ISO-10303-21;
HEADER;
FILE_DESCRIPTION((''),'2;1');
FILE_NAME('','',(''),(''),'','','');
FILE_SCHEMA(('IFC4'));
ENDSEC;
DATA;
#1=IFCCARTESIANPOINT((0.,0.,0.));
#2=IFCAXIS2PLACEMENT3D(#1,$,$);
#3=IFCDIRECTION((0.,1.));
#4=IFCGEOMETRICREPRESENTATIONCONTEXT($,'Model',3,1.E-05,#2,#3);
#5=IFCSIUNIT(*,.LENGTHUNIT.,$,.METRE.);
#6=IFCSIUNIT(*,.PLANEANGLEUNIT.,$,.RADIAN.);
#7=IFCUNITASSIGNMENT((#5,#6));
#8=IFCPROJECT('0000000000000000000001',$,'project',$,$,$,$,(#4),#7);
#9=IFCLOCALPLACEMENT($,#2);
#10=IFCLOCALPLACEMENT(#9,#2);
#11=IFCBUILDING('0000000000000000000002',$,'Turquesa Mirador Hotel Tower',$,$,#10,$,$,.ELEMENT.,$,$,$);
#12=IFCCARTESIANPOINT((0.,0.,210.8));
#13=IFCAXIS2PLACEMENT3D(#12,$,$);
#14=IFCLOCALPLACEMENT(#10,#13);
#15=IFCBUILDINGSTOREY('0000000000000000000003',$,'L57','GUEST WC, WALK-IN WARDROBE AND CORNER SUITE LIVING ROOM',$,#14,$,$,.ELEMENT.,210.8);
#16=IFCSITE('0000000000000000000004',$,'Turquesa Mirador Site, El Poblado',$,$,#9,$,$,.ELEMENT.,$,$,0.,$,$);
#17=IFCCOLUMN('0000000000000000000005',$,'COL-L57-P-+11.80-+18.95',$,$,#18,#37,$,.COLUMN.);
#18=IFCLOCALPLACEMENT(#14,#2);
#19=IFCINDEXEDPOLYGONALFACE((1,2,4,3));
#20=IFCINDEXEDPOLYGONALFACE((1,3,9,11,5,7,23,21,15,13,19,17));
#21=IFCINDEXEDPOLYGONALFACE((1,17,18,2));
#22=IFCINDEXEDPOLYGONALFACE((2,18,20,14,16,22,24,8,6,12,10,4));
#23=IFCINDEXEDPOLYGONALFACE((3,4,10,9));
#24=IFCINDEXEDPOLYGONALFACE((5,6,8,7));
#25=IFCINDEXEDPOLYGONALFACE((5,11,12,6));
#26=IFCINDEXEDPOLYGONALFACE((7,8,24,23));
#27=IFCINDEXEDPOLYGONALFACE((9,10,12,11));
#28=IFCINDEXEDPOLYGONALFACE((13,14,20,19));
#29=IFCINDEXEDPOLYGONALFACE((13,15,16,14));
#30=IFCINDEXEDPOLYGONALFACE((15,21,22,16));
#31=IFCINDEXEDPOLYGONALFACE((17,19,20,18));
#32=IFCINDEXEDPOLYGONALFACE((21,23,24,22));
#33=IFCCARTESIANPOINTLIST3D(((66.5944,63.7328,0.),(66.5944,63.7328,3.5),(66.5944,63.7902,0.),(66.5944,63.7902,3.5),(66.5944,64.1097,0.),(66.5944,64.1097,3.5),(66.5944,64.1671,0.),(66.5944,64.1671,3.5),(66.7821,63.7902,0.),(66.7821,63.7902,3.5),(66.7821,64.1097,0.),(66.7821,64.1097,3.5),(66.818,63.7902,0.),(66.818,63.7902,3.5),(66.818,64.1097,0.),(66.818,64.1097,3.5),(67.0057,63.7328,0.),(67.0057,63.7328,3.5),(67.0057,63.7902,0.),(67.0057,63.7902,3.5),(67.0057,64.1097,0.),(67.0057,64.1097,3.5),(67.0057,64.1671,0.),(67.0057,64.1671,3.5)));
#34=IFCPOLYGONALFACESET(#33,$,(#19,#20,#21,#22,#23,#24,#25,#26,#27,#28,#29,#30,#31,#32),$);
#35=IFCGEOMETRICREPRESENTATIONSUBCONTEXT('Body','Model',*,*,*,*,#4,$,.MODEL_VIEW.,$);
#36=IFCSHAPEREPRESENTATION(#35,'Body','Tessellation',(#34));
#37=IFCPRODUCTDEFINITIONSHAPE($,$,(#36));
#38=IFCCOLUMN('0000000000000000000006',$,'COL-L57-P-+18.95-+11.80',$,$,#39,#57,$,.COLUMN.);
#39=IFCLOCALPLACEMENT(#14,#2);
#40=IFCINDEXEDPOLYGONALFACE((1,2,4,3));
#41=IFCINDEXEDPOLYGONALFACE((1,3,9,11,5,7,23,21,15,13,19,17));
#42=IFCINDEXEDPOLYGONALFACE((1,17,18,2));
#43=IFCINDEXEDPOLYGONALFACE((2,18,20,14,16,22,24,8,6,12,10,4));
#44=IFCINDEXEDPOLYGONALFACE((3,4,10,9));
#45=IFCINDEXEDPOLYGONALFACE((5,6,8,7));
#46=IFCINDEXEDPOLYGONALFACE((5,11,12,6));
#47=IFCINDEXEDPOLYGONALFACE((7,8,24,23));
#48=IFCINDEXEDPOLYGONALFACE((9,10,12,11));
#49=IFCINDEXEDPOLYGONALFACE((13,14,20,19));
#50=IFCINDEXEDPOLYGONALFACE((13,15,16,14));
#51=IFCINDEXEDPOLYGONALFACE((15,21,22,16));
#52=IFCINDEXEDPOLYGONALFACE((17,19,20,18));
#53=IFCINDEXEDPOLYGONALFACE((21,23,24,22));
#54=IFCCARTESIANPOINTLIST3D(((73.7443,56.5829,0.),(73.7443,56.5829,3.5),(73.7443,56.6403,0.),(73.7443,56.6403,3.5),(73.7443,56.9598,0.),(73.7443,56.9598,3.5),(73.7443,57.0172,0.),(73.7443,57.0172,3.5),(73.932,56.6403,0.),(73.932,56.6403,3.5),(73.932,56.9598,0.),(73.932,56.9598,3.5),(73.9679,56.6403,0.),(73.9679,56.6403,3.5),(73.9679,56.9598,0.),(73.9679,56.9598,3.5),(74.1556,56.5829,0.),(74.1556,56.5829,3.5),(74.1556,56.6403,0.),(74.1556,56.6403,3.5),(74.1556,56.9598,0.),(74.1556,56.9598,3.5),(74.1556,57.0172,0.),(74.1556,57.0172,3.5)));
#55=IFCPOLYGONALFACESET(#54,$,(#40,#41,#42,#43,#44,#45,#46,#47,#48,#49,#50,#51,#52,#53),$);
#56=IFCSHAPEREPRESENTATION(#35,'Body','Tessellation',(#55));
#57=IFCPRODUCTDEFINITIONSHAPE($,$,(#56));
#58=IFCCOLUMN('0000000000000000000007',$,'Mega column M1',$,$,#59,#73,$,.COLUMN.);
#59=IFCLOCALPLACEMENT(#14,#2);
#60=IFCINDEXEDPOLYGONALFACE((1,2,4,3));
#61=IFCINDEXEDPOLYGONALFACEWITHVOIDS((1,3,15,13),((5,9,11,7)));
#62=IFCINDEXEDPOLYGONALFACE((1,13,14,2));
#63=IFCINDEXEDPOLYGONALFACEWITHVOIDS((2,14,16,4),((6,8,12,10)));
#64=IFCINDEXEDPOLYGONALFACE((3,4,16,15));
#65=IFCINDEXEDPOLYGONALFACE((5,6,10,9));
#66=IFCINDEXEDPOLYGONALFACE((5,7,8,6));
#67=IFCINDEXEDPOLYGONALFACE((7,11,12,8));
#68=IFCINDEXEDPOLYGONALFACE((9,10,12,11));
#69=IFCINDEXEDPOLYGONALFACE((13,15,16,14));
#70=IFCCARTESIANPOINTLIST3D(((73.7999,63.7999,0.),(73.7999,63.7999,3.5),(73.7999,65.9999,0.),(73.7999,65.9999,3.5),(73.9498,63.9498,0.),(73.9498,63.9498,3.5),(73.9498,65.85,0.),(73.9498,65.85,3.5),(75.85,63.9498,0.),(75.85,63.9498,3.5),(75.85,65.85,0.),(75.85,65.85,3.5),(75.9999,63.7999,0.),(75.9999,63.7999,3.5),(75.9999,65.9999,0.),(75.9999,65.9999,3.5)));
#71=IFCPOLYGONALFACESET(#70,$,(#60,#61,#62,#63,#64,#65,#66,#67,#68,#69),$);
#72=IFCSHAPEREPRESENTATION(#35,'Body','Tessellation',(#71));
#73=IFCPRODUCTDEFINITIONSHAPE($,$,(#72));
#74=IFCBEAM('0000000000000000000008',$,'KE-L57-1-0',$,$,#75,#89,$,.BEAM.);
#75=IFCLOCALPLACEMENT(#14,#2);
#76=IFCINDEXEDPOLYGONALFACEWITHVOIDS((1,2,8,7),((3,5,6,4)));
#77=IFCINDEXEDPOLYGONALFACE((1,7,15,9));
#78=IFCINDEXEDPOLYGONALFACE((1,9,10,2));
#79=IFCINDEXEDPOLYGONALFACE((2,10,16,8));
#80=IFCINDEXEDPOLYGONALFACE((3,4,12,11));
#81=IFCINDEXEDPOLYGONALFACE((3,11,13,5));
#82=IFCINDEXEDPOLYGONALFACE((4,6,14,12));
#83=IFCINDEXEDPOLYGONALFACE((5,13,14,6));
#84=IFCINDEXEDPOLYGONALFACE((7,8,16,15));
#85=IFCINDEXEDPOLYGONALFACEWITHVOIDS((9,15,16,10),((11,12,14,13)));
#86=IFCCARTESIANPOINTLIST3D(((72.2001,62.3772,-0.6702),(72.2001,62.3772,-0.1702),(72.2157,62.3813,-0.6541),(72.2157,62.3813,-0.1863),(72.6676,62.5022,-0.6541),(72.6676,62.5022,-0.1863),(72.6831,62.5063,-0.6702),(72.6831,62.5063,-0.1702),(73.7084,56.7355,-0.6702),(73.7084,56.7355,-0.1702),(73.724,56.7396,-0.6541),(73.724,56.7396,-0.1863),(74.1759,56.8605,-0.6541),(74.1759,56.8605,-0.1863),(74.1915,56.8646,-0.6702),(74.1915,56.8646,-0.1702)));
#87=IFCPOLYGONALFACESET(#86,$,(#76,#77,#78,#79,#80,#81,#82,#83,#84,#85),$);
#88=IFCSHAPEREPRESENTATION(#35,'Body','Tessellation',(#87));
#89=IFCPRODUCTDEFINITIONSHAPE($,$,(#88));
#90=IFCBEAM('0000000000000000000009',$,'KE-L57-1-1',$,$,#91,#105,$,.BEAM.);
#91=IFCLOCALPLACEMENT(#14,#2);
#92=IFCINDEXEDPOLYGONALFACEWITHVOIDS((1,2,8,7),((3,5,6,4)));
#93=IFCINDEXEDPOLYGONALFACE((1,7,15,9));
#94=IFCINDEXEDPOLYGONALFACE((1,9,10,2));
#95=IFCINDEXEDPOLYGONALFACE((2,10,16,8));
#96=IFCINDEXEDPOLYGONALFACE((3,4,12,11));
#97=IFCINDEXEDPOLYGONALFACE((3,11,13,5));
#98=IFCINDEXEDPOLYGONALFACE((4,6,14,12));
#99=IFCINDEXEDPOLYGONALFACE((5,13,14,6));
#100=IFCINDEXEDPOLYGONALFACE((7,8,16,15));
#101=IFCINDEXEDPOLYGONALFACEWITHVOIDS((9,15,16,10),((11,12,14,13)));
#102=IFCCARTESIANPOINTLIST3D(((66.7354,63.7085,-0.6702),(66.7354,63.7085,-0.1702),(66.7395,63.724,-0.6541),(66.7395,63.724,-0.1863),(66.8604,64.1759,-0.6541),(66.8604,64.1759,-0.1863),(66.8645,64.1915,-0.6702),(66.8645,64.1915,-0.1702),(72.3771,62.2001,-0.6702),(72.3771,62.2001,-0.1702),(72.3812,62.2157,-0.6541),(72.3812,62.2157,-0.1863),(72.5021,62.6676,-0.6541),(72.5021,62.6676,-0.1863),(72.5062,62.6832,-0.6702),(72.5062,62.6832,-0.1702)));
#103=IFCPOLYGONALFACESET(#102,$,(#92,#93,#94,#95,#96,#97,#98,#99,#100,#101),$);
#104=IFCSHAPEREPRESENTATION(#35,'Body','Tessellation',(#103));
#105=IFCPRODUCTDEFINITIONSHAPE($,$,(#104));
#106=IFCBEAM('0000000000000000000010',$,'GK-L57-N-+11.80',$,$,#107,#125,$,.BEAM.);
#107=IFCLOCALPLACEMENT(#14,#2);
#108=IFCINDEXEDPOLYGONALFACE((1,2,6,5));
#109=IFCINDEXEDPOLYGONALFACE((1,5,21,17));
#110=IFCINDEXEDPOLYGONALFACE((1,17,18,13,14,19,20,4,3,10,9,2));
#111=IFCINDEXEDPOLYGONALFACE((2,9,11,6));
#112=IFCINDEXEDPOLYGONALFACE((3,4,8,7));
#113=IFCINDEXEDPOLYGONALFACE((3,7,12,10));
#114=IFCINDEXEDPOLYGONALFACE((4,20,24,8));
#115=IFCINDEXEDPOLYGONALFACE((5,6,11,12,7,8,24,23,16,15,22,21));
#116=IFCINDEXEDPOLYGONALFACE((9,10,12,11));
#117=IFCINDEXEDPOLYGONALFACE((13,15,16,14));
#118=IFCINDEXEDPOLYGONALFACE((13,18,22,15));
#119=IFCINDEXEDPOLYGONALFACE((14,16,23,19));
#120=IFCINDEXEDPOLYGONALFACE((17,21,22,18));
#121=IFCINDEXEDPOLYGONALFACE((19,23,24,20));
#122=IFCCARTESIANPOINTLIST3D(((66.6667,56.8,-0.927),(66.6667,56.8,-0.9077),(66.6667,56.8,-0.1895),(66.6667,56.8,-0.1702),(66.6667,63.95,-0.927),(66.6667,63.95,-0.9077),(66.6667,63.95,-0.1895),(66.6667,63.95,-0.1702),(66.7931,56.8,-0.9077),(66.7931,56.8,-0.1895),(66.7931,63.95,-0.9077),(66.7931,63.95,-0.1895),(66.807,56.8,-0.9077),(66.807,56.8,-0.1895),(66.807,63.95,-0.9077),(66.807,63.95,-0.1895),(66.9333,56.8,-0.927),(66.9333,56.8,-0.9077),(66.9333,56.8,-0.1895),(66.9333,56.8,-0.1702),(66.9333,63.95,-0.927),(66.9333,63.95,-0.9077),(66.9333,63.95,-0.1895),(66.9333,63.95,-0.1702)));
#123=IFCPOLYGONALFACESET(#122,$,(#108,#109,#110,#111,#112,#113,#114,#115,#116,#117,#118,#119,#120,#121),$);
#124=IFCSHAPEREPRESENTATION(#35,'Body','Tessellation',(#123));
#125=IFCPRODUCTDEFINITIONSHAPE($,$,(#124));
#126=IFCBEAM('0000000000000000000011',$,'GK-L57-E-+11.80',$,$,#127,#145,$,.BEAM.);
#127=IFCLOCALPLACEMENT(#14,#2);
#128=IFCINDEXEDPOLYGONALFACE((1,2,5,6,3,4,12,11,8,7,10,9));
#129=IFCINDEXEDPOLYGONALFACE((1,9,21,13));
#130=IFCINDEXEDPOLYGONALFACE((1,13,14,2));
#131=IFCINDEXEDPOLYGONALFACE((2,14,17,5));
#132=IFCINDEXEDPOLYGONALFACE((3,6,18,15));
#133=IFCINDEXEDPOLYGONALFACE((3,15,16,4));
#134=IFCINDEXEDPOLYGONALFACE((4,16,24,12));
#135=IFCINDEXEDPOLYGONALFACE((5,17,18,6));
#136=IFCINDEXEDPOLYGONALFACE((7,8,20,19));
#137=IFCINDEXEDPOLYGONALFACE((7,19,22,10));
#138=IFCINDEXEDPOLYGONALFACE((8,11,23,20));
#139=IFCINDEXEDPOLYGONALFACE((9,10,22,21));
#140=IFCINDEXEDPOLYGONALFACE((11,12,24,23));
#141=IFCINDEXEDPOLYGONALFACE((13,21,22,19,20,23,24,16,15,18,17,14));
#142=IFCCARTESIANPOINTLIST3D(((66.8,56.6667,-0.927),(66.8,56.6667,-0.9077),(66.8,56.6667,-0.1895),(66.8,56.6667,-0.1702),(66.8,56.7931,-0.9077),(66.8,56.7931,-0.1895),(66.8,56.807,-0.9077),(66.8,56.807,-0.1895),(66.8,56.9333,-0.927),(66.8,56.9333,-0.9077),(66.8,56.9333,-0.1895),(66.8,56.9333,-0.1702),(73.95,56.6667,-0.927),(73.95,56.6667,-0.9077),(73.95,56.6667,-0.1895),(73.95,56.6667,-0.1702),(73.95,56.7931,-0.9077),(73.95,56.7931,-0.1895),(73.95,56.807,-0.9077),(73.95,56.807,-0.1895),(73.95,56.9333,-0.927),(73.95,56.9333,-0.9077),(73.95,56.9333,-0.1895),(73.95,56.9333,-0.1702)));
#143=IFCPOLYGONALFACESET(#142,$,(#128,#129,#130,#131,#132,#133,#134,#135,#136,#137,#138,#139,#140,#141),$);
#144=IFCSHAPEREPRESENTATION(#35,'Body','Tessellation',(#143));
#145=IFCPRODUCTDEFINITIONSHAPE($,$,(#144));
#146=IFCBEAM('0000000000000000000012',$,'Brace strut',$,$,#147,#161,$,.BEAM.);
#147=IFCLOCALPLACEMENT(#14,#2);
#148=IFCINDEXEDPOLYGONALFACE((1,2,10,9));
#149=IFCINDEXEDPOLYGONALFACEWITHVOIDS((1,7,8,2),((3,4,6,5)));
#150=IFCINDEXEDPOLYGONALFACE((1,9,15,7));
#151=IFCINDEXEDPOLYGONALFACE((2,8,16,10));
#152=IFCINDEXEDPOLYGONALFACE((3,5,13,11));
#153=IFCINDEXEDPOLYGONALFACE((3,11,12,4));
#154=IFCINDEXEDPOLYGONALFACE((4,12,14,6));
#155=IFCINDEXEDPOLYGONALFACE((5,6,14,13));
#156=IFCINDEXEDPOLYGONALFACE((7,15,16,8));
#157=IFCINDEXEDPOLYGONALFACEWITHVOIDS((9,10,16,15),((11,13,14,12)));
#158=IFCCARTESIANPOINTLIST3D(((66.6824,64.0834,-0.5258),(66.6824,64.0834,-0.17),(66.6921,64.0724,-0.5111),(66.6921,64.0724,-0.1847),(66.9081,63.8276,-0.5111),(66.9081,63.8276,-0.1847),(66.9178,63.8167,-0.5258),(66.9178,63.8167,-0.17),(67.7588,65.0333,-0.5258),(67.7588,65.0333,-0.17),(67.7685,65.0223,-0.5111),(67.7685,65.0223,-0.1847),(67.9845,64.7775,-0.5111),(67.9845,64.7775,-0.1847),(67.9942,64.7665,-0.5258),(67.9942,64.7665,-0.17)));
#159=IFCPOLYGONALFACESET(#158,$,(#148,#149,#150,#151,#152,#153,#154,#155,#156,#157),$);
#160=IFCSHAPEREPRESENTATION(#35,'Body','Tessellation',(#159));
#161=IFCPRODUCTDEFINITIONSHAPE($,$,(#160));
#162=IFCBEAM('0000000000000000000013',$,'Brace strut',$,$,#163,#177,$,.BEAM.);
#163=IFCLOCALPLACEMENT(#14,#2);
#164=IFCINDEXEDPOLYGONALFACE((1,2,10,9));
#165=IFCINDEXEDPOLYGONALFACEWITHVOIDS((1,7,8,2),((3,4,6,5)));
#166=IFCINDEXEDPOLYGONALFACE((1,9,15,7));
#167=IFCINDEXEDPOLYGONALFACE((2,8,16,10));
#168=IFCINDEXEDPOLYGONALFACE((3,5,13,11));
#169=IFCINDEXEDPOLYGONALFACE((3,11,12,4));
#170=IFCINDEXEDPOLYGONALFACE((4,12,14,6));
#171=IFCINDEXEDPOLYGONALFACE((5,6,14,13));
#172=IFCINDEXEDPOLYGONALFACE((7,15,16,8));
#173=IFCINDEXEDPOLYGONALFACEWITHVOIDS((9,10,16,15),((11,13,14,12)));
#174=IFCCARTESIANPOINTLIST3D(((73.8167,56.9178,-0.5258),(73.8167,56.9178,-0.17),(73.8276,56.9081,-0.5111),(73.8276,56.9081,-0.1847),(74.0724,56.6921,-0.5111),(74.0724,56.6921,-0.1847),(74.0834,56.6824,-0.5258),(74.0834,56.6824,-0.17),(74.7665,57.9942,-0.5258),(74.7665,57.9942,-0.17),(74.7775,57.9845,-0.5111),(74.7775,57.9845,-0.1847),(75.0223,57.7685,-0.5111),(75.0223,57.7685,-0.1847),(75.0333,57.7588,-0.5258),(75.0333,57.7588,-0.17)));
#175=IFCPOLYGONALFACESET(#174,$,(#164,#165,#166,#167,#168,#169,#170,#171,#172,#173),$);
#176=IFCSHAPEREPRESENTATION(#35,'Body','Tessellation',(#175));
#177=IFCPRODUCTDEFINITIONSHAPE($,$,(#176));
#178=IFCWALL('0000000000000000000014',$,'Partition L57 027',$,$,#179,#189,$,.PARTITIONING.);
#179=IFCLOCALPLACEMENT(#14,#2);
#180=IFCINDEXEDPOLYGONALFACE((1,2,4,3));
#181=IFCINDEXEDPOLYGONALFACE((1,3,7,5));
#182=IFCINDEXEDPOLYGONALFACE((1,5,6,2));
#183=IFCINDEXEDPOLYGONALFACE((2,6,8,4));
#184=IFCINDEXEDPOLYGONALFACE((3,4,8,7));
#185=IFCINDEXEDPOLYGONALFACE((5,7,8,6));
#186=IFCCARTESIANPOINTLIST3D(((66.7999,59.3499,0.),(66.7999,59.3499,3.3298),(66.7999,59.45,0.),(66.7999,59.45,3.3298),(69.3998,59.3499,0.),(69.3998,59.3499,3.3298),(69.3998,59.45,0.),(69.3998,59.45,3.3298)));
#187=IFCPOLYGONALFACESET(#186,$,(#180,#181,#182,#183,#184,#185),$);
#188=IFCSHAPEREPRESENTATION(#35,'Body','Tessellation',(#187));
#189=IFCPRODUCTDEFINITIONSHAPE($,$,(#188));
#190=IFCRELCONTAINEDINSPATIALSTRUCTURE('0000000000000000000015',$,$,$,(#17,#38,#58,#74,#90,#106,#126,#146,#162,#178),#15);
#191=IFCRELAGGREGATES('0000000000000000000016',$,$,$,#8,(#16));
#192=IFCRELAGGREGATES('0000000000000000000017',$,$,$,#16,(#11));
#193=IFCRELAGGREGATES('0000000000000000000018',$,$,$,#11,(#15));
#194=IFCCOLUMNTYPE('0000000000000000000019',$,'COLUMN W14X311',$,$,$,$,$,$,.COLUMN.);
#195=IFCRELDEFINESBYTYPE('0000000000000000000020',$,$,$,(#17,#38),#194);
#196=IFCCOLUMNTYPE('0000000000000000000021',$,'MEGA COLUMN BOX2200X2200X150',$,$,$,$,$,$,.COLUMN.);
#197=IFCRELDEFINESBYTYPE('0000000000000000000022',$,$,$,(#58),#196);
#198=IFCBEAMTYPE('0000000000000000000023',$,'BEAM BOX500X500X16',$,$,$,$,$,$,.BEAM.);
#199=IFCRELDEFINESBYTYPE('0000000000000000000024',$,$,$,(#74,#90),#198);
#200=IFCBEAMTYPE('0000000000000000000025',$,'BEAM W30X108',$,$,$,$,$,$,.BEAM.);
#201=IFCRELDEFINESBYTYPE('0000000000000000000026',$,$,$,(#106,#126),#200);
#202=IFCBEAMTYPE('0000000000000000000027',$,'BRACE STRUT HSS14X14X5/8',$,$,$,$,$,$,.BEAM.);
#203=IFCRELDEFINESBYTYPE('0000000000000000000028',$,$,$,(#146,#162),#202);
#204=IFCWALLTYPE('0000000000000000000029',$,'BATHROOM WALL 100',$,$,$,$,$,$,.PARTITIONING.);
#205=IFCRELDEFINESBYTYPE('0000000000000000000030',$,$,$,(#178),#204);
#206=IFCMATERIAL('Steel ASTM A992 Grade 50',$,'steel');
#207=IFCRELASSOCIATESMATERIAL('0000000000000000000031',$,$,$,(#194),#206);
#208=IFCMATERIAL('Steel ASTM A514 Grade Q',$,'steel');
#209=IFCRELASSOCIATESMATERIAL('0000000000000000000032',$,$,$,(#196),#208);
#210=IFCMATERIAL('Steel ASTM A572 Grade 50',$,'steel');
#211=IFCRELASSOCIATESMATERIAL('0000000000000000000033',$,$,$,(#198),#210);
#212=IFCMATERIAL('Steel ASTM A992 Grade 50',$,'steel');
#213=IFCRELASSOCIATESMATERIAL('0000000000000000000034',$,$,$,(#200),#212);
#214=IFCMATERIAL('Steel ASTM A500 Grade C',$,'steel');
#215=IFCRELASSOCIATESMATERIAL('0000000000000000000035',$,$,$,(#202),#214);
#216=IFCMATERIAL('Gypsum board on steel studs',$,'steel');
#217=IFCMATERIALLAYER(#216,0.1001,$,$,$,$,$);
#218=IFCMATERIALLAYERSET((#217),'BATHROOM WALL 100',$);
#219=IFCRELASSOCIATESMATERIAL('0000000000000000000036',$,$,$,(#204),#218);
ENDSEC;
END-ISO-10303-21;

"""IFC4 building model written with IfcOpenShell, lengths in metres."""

from ifc_helpers import new_model, si_unit, direction, frame, frame_2d, origin, origin_2d, place, context, subcontext, project, spatial, rectangle, hollow_rectangle, i_section, extrude, material, layer, layer_set, material_profile, profile_set, type_object, element, save


model = new_model("IFC4")

# Units and contexts
model_context = context("Model", 3, precision=1e-05, world=origin(), true_north=direction((0.0, 1.0)))
body_context = subcontext(model_context, "Body", "Model", "MODEL_VIEW")
ifc_project = project(units=[si_unit("LENGTHUNIT", "METRE"), si_unit("PLANEANGLEUNIT", "RADIAN")], contexts=[model_context])

# Site, building, storey
site_placement = place(None, origin())
site = spatial("IfcSite", under=ifc_project, at=site_placement, Name="Turquesa Mirador Site, El Poblado", CompositionType="ELEMENT", RefElevation=0.0)
building_placement = place(site_placement, origin())
building = spatial("IfcBuilding", under=site, at=building_placement, Name="Turquesa Mirador Hotel Tower", CompositionType="ELEMENT")
storey_placement = place(building_placement, frame((0.0, 0.0, 210.8)))
storey = spatial("IfcBuildingStorey", under=building, at=storey_placement, Name="L57", Description="GUEST WC, WALK-IN WARDROBE AND CORNER SUITE LIVING ROOM", CompositionType="ELEMENT", Elevation=210.8)

# Columns
ifc_material_1 = material(Name="Steel ASTM A992 Grade 50", Category="steel")
ifc_material_profile_1 = material_profile(ifc_material_1, i_section(OverallWidth=0.4114, OverallDepth=0.4343, WebThickness=0.0359, FlangeThickness=0.0574, at=origin_2d()), Name="W14X311")
ifc_profile_set_1 = profile_set([ifc_material_profile_1], Name="Steel ASTM A992 Grade 50")
column_type_1 = type_object("IfcColumnType", Name="COLUMN W14X311", PredefinedType="COLUMN", material=ifc_profile_set_1)
for number, where, z_axis, x_axis, name in (
    (1, (66.8, 63.95, 0.0), (0.0, 0.0, 1.0), (1.0, 0.0, 0.0), "COL-L57-P-+11.80-+18.95"),
    (2, (73.95, 56.8, 0.0), (0.0, 0.0, 1.0), (1.0, 0.0, 0.0), "COL-L57-P-+18.95-+11.80"),
):
    element("IfcColumn", number, at=place(storey_placement, frame(where, z_axis=z_axis, x_axis=x_axis)), inside=storey, type_object=column_type_1, Name=name, PredefinedType="COLUMN", context=body_context, shape_type="SweptSolid", body=[
        extrude(i_section(OverallWidth=0.4114, OverallDepth=0.4343, WebThickness=0.0359, FlangeThickness=0.0574, at=origin_2d()), origin(), (0.0, 0.0, 1.0), 3.5),
    ])
ifc_material_2 = material(Name="Steel ASTM A514 Grade Q", Category="steel")
ifc_material_profile_2 = material_profile(ifc_material_2, hollow_rectangle(XDim=2.2, YDim=2.2, WallThickness=0.1499, at=origin_2d()), Name="BOX2200X2200X150")
ifc_profile_set_2 = profile_set([ifc_material_profile_2], Name="Steel ASTM A514 Grade Q")
column_type_2 = type_object("IfcColumnType", Name="MEGA COLUMN BOX2200X2200X150", PredefinedType="COLUMN", material=ifc_profile_set_2)
column_placement = place(storey_placement, frame((74.8999, 64.8999, 0.0), z_axis=(0.0, 0.0, 1.0), x_axis=(1.0, 0.0, 0.0)))
element("IfcColumn", 3, at=column_placement, inside=storey, type_object=column_type_2, Name="Mega column M1", PredefinedType="COLUMN", context=body_context, shape_type="SweptSolid", body=[
    extrude(hollow_rectangle(XDim=2.2, YDim=2.2, WallThickness=0.1499, at=origin_2d()), origin(), (0.0, 0.0, 1.0), 3.5),
])

# Beams
ifc_material_3 = material(Name="Steel ASTM A572 Grade 50", Category="steel")
ifc_material_profile_3 = material_profile(ifc_material_3, hollow_rectangle(XDim=0.5, YDim=0.5, WallThickness=0.0161, at=origin_2d()), Name="BOX500X500X16")
ifc_profile_set_3 = profile_set([ifc_material_profile_3], Name="Steel ASTM A572 Grade 50")
beam_type_1 = type_object("IfcBeamType", Name="BEAM BOX500X500X16", PredefinedType="BEAM", material=ifc_profile_set_3)
for number, where, z_axis, x_axis, name in (
    (4, (73.95, 56.8, -0.4202), (-0.258282, 0.96607, 0.0), (-0.96607, -0.258282, 0.0), "KE-L57-1-0"),
    (5, (72.4417, 62.4417, -0.4202), (-0.96607, 0.258282, 0.0), (-0.258282, -0.96607, 0.0), "KE-L57-1-1"),
):
    element("IfcBeam", number, at=place(storey_placement, frame(where, z_axis=z_axis, x_axis=x_axis)), inside=storey, type_object=beam_type_1, Name=name, PredefinedType="BEAM", context=body_context, shape_type="SweptSolid", body=[
        extrude(hollow_rectangle(XDim=0.5, YDim=0.5, WallThickness=0.0161, at=origin_2d()), origin(), (0.0, 0.0, 1.0), 5.8398),
    ])
ifc_material_4 = material(Name="Steel ASTM A992 Grade 50", Category="steel")
ifc_material_profile_4 = material_profile(ifc_material_4, i_section(OverallWidth=0.2666, OverallDepth=0.7568, WebThickness=0.0139, FlangeThickness=0.0193, at=origin_2d()), Name="W30X108")
ifc_profile_set_4 = profile_set([ifc_material_profile_4], Name="Steel ASTM A992 Grade 50")
beam_type_2 = type_object("IfcBeamType", Name="BEAM W30X108", PredefinedType="BEAM", material=ifc_profile_set_4)
for number, where, z_axis, x_axis, name in (
    (6, (66.8, 63.95, -0.5486), (0.0, -1.0, 0.0), (1.0, 0.0, 0.0), "GK-L57-N-+11.80"),
    (7, (73.95, 56.8, -0.5486), (-1.0, 0.0, 0.0), (0.0, -1.0, 0.0), "GK-L57-E-+11.80"),
):
    element("IfcBeam", number, at=place(storey_placement, frame(where, z_axis=z_axis, x_axis=x_axis)), inside=storey, type_object=beam_type_2, Name=name, PredefinedType="BEAM", context=body_context, shape_type="SweptSolid", body=[
        extrude(i_section(OverallWidth=0.2666, OverallDepth=0.7568, WebThickness=0.0139, FlangeThickness=0.0193, at=origin_2d()), origin(), (0.0, 0.0, 1.0), 7.1499),
    ])
ifc_material_5 = material(Name="Steel ASTM A500 Grade C", Category="steel")
ifc_material_profile_5 = material_profile(ifc_material_5, hollow_rectangle(XDim=0.3557, YDim=0.3557, WallThickness=0.0146, at=origin_2d()), Name="HSS14X14X5/8")
ifc_profile_set_5 = profile_set([ifc_material_profile_5], Name="Steel ASTM A500 Grade C")
beam_type_3 = type_object("IfcBeamType", Name="BRACE STRUT HSS14X14X5/8", PredefinedType="BEAM", material=ifc_profile_set_5)
for number, where, z_axis, x_axis, name in (
    (8, (67.8765, 64.8999, -0.3479), (-0.749778, -0.661689, 0.0), (0.661689, -0.749778, 0.0), "Brace strut"),
    (9, (74.8999, 57.8765, -0.3479), (-0.661689, -0.749778, 0.0), (0.749778, -0.661689, 0.0), "Brace strut"),
):
    element("IfcBeam", number, at=place(storey_placement, frame(where, z_axis=z_axis, x_axis=x_axis)), inside=storey, type_object=beam_type_3, Name=name, PredefinedType="BEAM", context=body_context, shape_type="SweptSolid", body=[
        extrude(hollow_rectangle(XDim=0.3557, YDim=0.3557, WallThickness=0.0146, at=origin_2d()), origin(), (0.0, 0.0, 1.0), 1.4355),
    ])

# Wall
ifc_material_6 = material(Name="Gypsum board on steel studs", Category="steel")
ifc_layer_1 = layer(ifc_material_6, 0.1001)
ifc_layer_set_1 = layer_set([ifc_layer_1], Name="BATHROOM WALL 100")
wall_type_1 = type_object("IfcWallType", Name="BATHROOM WALL 100", PredefinedType="PARTITIONING", material=ifc_layer_set_1)
wall_1_placement = place(storey_placement, frame((66.8, 59.3999, 0.0), z_axis=(0.0, 0.0, 1.0), x_axis=(1.0, 0.0, 0.0)))
element("IfcWall", 10, at=wall_1_placement, inside=storey, type_object=wall_type_1, Name="Partition L57 027", PredefinedType="PARTITIONING", context=body_context, shape_type="SweptSolid", body=[
    extrude(rectangle(XDim=2.5999, YDim=0.1001, at=frame_2d((1.2998, 0.0))), origin(), (0.0, 0.0, 1.0), 3.3298),
])

save(model, "model.ifc")
